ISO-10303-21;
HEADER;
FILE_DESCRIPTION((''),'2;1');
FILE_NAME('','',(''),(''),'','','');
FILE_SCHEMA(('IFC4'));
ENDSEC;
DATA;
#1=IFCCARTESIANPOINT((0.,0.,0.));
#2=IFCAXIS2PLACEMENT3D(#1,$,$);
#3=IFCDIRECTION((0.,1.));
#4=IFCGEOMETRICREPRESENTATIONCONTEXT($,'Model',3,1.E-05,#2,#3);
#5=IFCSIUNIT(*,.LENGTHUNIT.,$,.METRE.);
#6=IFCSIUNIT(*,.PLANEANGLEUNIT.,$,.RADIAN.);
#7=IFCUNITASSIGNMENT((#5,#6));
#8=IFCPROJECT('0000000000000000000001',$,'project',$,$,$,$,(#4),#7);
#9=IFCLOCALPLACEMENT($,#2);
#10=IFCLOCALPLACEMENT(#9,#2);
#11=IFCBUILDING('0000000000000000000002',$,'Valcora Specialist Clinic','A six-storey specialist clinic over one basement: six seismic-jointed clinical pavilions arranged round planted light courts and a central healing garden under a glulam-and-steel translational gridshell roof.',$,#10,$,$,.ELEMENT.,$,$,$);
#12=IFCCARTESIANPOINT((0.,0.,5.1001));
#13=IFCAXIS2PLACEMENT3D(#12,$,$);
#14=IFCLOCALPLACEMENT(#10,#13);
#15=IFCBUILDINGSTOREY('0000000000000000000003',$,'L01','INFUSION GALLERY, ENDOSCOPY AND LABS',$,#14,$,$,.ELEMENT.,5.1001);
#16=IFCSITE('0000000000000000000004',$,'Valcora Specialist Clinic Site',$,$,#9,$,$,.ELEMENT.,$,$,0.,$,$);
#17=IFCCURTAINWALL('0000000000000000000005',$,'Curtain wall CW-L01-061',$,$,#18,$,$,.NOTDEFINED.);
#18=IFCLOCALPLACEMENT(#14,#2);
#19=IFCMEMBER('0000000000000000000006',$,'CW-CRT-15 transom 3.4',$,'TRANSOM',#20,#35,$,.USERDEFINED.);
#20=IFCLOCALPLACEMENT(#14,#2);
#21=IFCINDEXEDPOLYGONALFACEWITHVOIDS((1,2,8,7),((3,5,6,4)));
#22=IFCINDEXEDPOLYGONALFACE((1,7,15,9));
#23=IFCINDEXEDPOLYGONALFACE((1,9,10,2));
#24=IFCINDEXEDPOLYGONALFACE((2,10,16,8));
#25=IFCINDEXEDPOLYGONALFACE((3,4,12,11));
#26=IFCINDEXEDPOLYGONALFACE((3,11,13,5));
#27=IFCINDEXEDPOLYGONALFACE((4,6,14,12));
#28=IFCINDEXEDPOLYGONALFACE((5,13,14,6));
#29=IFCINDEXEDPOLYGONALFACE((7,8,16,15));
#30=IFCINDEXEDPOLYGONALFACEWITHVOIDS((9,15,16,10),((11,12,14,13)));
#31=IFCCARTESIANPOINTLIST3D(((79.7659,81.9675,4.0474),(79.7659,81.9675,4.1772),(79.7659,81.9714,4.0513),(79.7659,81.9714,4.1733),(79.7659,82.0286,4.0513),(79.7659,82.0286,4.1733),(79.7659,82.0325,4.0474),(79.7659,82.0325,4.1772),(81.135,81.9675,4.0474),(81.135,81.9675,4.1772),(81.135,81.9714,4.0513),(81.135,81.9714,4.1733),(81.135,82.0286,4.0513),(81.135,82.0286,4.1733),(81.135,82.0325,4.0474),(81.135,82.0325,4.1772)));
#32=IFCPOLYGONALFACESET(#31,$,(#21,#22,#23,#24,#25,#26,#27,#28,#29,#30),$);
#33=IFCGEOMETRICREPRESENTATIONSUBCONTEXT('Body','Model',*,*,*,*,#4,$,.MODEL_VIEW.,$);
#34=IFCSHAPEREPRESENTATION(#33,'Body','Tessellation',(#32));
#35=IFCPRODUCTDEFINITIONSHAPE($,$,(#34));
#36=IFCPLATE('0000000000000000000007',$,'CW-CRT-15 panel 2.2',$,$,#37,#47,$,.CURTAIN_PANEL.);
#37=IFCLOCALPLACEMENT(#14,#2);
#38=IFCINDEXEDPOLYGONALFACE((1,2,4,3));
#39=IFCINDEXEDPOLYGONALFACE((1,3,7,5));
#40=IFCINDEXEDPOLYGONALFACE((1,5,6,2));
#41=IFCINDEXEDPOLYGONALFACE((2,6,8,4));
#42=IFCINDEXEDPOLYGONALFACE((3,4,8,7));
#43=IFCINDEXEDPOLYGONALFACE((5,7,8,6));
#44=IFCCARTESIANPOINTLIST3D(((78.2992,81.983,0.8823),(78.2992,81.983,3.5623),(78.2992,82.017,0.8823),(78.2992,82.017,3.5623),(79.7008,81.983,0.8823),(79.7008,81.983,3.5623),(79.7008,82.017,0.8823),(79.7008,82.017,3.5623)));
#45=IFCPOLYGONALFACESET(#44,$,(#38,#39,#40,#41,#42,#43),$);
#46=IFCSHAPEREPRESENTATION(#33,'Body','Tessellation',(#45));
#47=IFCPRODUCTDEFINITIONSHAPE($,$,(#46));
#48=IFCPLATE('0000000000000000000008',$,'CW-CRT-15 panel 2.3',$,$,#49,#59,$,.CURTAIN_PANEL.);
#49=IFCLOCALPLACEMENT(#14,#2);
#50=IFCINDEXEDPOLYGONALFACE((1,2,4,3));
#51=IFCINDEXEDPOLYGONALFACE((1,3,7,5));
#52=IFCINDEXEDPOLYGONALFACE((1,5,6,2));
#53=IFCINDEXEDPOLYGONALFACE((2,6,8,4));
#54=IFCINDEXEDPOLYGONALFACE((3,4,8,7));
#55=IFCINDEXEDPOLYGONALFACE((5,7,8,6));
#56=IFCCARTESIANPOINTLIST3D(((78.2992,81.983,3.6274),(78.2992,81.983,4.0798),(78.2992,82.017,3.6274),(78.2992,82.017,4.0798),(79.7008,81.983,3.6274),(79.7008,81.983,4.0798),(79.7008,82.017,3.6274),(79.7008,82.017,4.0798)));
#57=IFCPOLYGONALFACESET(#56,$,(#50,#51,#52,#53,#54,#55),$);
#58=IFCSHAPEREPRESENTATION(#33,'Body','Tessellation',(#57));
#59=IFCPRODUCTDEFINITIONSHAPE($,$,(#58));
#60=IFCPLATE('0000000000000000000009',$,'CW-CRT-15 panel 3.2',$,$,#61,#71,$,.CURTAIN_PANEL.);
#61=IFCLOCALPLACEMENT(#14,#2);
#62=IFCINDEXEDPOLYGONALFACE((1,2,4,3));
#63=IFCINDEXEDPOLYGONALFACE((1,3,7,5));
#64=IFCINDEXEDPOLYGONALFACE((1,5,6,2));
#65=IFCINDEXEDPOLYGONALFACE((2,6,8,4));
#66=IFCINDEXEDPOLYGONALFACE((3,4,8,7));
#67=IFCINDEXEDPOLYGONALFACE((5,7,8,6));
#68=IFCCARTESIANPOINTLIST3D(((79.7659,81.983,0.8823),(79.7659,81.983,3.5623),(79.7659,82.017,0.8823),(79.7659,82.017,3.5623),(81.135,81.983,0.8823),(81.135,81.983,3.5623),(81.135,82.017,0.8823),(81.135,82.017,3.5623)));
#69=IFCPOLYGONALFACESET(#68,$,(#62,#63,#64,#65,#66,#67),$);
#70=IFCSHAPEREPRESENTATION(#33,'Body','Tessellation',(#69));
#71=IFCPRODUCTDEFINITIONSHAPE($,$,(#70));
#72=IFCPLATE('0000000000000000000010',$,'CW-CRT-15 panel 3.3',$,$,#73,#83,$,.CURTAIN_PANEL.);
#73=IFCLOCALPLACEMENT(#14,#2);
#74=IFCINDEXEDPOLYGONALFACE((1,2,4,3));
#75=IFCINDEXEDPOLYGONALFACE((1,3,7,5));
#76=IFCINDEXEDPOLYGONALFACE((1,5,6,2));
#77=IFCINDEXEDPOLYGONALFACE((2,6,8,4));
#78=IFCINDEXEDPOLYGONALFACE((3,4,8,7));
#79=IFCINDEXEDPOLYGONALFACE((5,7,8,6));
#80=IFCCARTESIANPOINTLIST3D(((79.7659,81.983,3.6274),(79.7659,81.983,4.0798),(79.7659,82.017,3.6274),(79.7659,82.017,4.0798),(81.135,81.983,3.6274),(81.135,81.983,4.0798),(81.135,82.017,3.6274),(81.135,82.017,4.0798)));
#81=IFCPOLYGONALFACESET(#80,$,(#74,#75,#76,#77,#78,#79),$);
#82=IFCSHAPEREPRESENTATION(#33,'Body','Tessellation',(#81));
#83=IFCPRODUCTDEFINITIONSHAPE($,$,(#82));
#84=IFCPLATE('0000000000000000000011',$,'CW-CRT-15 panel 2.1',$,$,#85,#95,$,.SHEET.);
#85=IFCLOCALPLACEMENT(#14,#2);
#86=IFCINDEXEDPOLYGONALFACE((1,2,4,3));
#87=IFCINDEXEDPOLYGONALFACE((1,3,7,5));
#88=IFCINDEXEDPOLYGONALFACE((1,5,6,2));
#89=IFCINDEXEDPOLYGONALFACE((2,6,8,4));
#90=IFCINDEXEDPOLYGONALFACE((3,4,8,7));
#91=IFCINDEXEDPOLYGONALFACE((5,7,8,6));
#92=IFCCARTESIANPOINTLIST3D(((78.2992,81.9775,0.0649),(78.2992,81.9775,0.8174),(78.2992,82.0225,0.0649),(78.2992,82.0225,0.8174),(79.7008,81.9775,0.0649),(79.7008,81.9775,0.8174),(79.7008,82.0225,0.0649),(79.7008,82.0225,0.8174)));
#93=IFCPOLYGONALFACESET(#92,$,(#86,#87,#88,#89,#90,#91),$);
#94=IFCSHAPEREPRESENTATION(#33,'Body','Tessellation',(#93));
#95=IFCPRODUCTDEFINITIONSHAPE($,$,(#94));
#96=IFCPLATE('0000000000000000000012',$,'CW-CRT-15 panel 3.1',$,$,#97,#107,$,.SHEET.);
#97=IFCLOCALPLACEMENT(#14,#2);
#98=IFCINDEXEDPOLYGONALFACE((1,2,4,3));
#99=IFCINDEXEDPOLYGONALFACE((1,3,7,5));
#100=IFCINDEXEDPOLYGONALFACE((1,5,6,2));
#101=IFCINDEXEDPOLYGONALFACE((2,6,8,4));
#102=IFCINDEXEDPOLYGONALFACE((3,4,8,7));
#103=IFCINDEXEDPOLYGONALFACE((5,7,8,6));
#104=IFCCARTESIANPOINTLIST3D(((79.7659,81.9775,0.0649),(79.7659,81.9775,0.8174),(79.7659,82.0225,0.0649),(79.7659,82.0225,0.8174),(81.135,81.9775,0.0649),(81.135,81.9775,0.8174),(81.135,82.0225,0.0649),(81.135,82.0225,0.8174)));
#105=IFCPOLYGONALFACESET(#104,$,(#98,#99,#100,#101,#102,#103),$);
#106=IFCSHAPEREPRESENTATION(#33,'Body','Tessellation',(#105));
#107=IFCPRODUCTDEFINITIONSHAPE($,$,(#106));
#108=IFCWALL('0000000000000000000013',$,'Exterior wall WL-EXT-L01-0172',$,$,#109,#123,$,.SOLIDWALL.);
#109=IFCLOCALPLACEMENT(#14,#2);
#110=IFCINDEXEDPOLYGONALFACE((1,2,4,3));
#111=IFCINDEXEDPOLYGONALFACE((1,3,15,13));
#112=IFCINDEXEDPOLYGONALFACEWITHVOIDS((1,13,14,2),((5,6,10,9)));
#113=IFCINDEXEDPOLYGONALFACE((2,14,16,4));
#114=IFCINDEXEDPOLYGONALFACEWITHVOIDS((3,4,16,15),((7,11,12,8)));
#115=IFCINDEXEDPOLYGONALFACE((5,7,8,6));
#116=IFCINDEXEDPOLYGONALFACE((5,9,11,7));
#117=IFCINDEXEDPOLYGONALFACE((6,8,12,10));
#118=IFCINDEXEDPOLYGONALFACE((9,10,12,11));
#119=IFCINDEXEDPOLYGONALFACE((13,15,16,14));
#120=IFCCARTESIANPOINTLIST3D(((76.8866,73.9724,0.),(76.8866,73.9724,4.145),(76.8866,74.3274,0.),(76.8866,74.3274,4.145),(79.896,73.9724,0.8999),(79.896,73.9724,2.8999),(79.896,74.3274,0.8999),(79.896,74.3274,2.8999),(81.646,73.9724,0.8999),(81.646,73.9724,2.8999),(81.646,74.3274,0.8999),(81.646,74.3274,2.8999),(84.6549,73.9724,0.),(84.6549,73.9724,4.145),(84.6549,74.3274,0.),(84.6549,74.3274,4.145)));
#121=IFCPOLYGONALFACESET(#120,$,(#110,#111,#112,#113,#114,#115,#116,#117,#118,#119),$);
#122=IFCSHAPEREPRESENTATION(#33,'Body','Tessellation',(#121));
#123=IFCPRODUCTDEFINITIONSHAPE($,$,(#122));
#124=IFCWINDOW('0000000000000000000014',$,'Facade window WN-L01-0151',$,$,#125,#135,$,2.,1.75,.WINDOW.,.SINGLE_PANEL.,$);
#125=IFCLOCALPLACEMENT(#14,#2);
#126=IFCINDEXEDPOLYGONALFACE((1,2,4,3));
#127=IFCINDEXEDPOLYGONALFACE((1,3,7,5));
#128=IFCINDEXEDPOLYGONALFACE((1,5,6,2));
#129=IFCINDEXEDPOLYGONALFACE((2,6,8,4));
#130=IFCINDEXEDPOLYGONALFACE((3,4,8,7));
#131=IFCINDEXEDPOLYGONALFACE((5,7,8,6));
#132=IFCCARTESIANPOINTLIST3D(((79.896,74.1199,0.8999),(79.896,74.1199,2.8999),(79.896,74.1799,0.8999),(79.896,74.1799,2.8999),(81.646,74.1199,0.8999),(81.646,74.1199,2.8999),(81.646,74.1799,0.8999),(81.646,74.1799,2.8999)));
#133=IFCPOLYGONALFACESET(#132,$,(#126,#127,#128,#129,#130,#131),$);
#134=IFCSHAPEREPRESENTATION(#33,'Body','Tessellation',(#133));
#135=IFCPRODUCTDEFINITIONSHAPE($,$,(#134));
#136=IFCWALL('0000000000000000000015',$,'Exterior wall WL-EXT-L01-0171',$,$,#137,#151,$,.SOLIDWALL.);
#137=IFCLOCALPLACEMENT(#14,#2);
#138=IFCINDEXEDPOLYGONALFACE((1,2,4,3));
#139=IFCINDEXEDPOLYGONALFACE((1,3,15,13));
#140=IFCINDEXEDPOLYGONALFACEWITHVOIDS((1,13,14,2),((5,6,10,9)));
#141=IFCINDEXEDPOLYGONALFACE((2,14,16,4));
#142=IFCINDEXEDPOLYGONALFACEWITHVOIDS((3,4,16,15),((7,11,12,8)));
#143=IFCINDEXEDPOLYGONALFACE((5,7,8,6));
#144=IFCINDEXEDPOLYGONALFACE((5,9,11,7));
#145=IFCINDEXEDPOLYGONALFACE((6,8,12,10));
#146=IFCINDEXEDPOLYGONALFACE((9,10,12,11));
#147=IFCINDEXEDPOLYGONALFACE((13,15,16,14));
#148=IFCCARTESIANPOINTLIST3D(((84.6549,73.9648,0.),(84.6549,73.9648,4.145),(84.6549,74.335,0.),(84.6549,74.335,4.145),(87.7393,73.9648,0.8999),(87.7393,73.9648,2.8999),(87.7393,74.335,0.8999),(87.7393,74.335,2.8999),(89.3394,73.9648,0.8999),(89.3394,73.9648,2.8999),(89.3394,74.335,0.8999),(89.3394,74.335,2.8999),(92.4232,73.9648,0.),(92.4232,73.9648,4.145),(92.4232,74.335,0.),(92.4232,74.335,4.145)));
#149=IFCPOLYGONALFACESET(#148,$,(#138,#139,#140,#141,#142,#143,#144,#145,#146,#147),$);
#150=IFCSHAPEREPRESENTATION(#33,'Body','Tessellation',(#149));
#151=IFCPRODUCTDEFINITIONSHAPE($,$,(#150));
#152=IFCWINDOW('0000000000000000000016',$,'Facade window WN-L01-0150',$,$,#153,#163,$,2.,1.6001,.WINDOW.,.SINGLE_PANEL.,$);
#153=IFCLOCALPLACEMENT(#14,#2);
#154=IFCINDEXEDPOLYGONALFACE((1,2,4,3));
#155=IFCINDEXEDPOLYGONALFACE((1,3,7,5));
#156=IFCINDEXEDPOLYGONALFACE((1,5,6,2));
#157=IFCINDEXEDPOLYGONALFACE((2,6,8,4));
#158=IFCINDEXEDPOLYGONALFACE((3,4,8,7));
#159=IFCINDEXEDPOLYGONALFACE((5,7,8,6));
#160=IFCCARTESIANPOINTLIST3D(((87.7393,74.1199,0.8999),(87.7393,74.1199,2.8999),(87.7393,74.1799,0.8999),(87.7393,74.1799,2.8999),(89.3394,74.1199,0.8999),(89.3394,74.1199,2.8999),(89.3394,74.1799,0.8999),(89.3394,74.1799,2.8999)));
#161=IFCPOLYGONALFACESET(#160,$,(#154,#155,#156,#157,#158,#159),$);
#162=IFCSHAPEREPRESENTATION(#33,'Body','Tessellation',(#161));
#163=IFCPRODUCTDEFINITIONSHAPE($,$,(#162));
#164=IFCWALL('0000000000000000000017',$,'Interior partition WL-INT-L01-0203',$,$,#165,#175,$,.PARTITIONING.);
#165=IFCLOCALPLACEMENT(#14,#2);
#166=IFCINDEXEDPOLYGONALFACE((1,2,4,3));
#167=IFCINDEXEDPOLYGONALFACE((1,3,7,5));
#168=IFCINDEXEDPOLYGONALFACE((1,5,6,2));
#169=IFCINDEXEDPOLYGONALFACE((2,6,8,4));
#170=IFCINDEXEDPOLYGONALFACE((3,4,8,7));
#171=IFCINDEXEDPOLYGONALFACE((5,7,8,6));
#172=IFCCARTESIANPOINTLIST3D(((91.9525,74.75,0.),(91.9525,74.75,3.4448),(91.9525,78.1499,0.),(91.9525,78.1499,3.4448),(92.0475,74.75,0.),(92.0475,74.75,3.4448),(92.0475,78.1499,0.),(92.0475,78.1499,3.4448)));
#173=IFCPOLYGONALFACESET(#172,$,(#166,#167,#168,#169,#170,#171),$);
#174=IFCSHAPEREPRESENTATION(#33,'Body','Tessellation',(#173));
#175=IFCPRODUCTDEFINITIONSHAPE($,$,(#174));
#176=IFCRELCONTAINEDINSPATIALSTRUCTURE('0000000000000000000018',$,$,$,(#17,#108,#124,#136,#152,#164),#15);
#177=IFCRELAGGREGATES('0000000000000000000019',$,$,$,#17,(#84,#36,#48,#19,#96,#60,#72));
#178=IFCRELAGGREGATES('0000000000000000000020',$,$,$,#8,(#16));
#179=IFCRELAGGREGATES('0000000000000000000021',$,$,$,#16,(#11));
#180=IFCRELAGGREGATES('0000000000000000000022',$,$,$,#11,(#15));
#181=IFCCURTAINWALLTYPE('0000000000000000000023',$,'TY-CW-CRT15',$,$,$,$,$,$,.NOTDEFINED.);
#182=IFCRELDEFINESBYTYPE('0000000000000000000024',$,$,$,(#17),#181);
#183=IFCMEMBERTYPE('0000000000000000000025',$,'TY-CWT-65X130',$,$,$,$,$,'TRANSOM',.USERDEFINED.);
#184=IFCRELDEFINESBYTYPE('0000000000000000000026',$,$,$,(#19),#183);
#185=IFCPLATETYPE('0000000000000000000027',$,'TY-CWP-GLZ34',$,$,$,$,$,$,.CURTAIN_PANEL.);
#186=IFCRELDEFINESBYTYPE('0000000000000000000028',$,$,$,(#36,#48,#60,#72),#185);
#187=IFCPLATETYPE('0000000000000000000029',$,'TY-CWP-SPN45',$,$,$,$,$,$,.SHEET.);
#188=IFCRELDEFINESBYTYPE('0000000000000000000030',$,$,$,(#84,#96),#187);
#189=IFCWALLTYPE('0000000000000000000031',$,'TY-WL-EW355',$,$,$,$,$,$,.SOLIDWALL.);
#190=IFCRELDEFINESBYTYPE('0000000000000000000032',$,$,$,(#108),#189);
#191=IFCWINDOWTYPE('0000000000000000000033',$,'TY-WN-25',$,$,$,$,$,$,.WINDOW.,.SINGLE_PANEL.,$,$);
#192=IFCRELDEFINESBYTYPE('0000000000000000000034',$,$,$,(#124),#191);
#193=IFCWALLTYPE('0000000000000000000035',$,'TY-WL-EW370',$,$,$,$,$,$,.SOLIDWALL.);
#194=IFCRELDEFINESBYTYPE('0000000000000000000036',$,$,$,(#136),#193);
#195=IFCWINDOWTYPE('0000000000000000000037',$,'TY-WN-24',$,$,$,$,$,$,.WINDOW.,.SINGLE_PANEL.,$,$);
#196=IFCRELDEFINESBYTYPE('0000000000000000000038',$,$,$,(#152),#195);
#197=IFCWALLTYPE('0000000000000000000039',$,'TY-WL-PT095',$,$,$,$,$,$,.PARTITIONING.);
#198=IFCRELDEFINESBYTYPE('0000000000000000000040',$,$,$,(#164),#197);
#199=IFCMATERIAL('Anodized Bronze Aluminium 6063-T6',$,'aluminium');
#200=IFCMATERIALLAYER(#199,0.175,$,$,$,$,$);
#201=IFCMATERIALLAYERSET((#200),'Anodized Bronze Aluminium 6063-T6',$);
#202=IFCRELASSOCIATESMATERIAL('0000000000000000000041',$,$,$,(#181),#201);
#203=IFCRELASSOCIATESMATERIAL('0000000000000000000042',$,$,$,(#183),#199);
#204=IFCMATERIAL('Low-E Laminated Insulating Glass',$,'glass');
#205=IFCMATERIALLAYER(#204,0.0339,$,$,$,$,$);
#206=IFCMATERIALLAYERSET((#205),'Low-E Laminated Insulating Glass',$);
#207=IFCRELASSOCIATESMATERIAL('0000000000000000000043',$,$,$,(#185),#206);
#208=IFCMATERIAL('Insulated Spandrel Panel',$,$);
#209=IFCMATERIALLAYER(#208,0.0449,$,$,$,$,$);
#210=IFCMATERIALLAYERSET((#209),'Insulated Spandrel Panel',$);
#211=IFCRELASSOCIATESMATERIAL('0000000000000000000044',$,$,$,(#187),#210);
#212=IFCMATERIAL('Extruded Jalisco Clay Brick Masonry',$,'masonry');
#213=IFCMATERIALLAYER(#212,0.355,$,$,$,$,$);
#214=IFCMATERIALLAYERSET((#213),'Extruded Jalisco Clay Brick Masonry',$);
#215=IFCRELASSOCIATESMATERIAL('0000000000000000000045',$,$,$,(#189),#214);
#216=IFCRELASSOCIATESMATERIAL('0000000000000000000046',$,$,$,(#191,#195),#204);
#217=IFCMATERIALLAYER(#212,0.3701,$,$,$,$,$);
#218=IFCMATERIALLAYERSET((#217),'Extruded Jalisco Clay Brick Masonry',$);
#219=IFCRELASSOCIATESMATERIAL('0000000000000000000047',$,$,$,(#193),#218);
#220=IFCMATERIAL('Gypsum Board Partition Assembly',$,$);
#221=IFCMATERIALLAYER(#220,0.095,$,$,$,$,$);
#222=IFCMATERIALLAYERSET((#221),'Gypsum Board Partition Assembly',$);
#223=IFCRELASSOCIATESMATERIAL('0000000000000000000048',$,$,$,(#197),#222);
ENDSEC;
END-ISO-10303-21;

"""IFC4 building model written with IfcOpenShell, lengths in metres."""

from ifc_helpers import new_model, si_unit, direction, frame, frame_2d, origin, origin_2d, place, context, subcontext, project, spatial, rectangle, hollow_rectangle, extrude, material, layer, layer_set, material_profile, profile_set, type_object, element, fill, aggregate, save


model = new_model("IFC4")

# Units and contexts
model_context = context("Model", 3, precision=1e-05, world=origin(), true_north=direction((0.0, 1.0)))
body_context = subcontext(model_context, "Body", "Model", "MODEL_VIEW")
ifc_project = project(units=[si_unit("LENGTHUNIT", "METRE"), si_unit("PLANEANGLEUNIT", "RADIAN")], contexts=[model_context])

# Site, building, storey
site_placement = place(None, origin())
site = spatial("IfcSite", under=ifc_project, at=site_placement, Name="Valcora Specialist Clinic Site", CompositionType="ELEMENT", RefElevation=0.0)
building_placement = place(site_placement, origin())
building = spatial("IfcBuilding", under=site, at=building_placement, Name="Valcora Specialist Clinic", Description="A six-storey specialist clinic over one basement: six seismic-jointed clinical pavilions arranged round planted light courts and a central healing garden under a glulam-and-steel translational gridshell roof.", CompositionType="ELEMENT")
storey_placement = place(building_placement, frame((0.0, 0.0, 5.1001)))
storey = spatial("IfcBuildingStorey", under=building, at=storey_placement, Name="L01", Description="INFUSION GALLERY, ENDOSCOPY AND LABS", CompositionType="ELEMENT", Elevation=5.1001)

# Curtain wall, member, plates
ifc_material_1 = material(Name="Anodized Bronze Aluminium 6063-T6", Category="aluminium")
ifc_layer_1 = layer(ifc_material_1, 0.175)
ifc_layer_set_1 = layer_set([ifc_layer_1], Name="Anodized Bronze Aluminium 6063-T6")
curtain_wall_type = type_object("IfcCurtainWallType", Name="TY-CW-CRT15", PredefinedType="NOTDEFINED", material=ifc_layer_set_1)
curtain_wall_placement = place(storey_placement, origin())
curtain_wall = element("IfcCurtainWall", 1, at=curtain_wall_placement, inside=storey, type_object=curtain_wall_type, Name="Curtain wall CW-L01-061", PredefinedType="NOTDEFINED")
ifc_material_profile_1 = material_profile(ifc_material_1, hollow_rectangle(XDim=0.0649, YDim=0.1299, WallThickness=0.0039, at=origin_2d()), Name="AL-TRN-65X130")
ifc_profile_set_1 = profile_set([ifc_material_profile_1], Name="Anodized Bronze Aluminium 6063-T6")
member_type_1 = type_object("IfcMemberType", Name="TY-CWT-65X130", ElementType="TRANSOM", PredefinedType="USERDEFINED", material=ifc_profile_set_1)
member_1_placement = place(storey_placement, frame((79.7659, 82.0, 4.1123), z_axis=(1.0, 0.0, 0.0), x_axis=(0.0, 1.0, 0.0)))
member_1 = element("IfcMember", 2, at=member_1_placement, type_object=member_type_1, Name="CW-CRT-15 transom 3.4", ObjectType="TRANSOM", PredefinedType="USERDEFINED", context=body_context, shape_type="SweptSolid", body=[
    extrude(hollow_rectangle(XDim=0.0649, YDim=0.1299, WallThickness=0.0039, at=origin_2d()), origin(), (0.0, 0.0, 1.0), 1.3691),
])
ifc_material_2 = material(Name="Low-E Laminated Insulating Glass", Category="glass")
ifc_layer_2 = layer(ifc_material_2, 0.0339)
ifc_layer_set_2 = layer_set([ifc_layer_2], Name="Low-E Laminated Insulating Glass")
plate_type_1 = type_object("IfcPlateType", Name="TY-CWP-GLZ34", PredefinedType="CURTAIN_PANEL", material=ifc_layer_set_2)
plate_1_placement = place(storey_placement, frame((79.0, 82.0, 0.8823), z_axis=(0.0, 0.0, 1.0), x_axis=(1.0, 0.0, 0.0)))
plate_1 = element("IfcPlate", 3, at=plate_1_placement, type_object=plate_type_1, Name="CW-CRT-15 panel 2.2", PredefinedType="CURTAIN_PANEL", context=body_context, shape_type="SweptSolid", body=[
    extrude(rectangle(XDim=1.4016, YDim=0.0339, at=origin_2d()), origin(), (0.0, 0.0, 1.0), 2.6799),
])
plate_2_placement = place(storey_placement, frame((79.0, 82.0, 3.6274), z_axis=(0.0, 0.0, 1.0), x_axis=(1.0, 0.0, 0.0)))
plate_2 = element("IfcPlate", 4, at=plate_2_placement, type_object=plate_type_1, Name="CW-CRT-15 panel 2.3", PredefinedType="CURTAIN_PANEL", context=body_context, shape_type="SweptSolid", body=[
    extrude(rectangle(XDim=1.4016, YDim=0.0339, at=origin_2d()), origin(), (0.0, 0.0, 1.0), 0.4524),
])
plate_3_placement = place(storey_placement, frame((80.4504, 82.0, 0.8823), z_axis=(0.0, 0.0, 1.0), x_axis=(1.0, 0.0, 0.0)))
plate_3 = element("IfcPlate", 5, at=plate_3_placement, type_object=plate_type_1, Name="CW-CRT-15 panel 3.2", PredefinedType="CURTAIN_PANEL", context=body_context, shape_type="SweptSolid", body=[
    extrude(rectangle(XDim=1.3691, YDim=0.0339, at=origin_2d()), origin(), (0.0, 0.0, 1.0), 2.6799),
])
plate_4_placement = place(storey_placement, frame((80.4504, 82.0, 3.6274), z_axis=(0.0, 0.0, 1.0), x_axis=(1.0, 0.0, 0.0)))
plate_4 = element("IfcPlate", 6, at=plate_4_placement, type_object=plate_type_1, Name="CW-CRT-15 panel 3.3", PredefinedType="CURTAIN_PANEL", context=body_context, shape_type="SweptSolid", body=[
    extrude(rectangle(XDim=1.3691, YDim=0.0339, at=origin_2d()), origin(), (0.0, 0.0, 1.0), 0.4524),
])
ifc_material_3 = material(Name="Insulated Spandrel Panel")
ifc_layer_3 = layer(ifc_material_3, 0.0449)
ifc_layer_set_3 = layer_set([ifc_layer_3], Name="Insulated Spandrel Panel")
plate_type_2 = type_object("IfcPlateType", Name="TY-CWP-SPN45", PredefinedType="SHEET", material=ifc_layer_set_3)
plate_5_placement = place(storey_placement, frame((79.0, 82.0, 0.0649), z_axis=(0.0, 0.0, 1.0), x_axis=(1.0, 0.0, 0.0)))
plate_5 = element("IfcPlate", 7, at=plate_5_placement, type_object=plate_type_2, Name="CW-CRT-15 panel 2.1", PredefinedType="SHEET", context=body_context, shape_type="SweptSolid", body=[
    extrude(rectangle(XDim=1.4016, YDim=0.0449, at=origin_2d()), origin(), (0.0, 0.0, 1.0), 0.7524),
])
plate_6_placement = place(storey_placement, frame((80.4504, 82.0, 0.0649), z_axis=(0.0, 0.0, 1.0), x_axis=(1.0, 0.0, 0.0)))
plate_6 = element("IfcPlate", 8, at=plate_6_placement, type_object=plate_type_2, Name="CW-CRT-15 panel 3.1", PredefinedType="SHEET", context=body_context, shape_type="SweptSolid", body=[
    extrude(rectangle(XDim=1.3691, YDim=0.0449, at=origin_2d()), origin(), (0.0, 0.0, 1.0), 0.7524),
])
aggregate(curtain_wall, [plate_5, plate_1, plate_2, member_1, plate_6, plate_3, plate_4])

# Walls, openings, windows
ifc_material_4 = material(Name="Extruded Jalisco Clay Brick Masonry", Category="masonry")
ifc_layer_4 = layer(ifc_material_4, 0.355)
ifc_layer_set_4 = layer_set([ifc_layer_4], Name="Extruded Jalisco Clay Brick Masonry")
wall_type_1 = type_object("IfcWallType", Name="TY-WL-EW355", PredefinedType="SOLIDWALL", material=ifc_layer_set_4)
wall_1_placement = place(storey_placement, frame((84.655, 74.1499, 0.0), z_axis=(0.0, 0.0, 1.0), x_axis=(-1.0, 0.0, 0.0)))
wall_1 = element("IfcWall", 9, at=wall_1_placement, inside=storey, type_object=wall_type_1, Name="Exterior wall WL-EXT-L01-0172", PredefinedType="SOLIDWALL", context=body_context, shape_type="SweptSolid", body=[
    extrude(rectangle(XDim=7.7683, YDim=0.355, at=frame_2d((3.8843, 0.0))), origin(), (0.0, 0.0, 1.0), 4.145),
])
opening_1_placement = place(wall_1_placement, frame((3.009, 0.0, 0.8999)))
opening_1 = element("IfcOpeningElement", 10, at=opening_1_placement, cuts=wall_1, PredefinedType="OPENING", context=body_context, shape_type="SweptSolid", body=[
    extrude(rectangle(XDim=1.75, YDim=2.0, at=frame_2d((0.875, 1.0))), frame((0.0, 0.1875, 0.0), z_axis=(0.0, -1.0, 0.0), x_axis=(1.0, 0.0, 0.0)), (0.0, 0.0, 1.0), 0.375),
])
window_type_1 = type_object("IfcWindowType", Name="TY-WN-25", PartitioningType="SINGLE_PANEL", PredefinedType="WINDOW", material=ifc_material_2)
window_1_placement = place(opening_1_placement, origin())
window_1 = element("IfcWindow", 11, at=window_1_placement, inside=storey, type_object=window_type_1, Name="Facade window WN-L01-0151", OverallHeight=2.0, OverallWidth=1.75, PartitioningType="SINGLE_PANEL", PredefinedType="WINDOW", context=body_context, shape_type="SweptSolid", body=[
    extrude(rectangle(XDim=1.75, YDim=2.0, at=frame_2d((0.875, 1.0))), frame((0.0, 0.03, 0.0), z_axis=(0.0, -1.0, 0.0), x_axis=(1.0, 0.0, 0.0)), (0.0, 0.0, 1.0), 0.0601),
])
fill(opening_1, window_1)
ifc_layer_5 = layer(ifc_material_4, 0.3701)
ifc_layer_set_5 = layer_set([ifc_layer_5], Name="Extruded Jalisco Clay Brick Masonry")
wall_type_2 = type_object("IfcWallType", Name="TY-WL-EW370", PredefinedType="SOLIDWALL", material=ifc_layer_set_5)
wall_2_placement = place(storey_placement, frame((92.4233, 74.1499, 0.0), z_axis=(0.0, 0.0, 1.0), x_axis=(-1.0, 0.0, 0.0)))
wall_2 = element("IfcWall", 12, at=wall_2_placement, inside=storey, type_object=wall_type_2, Name="Exterior wall WL-EXT-L01-0171", PredefinedType="SOLIDWALL", context=body_context, shape_type="SweptSolid", body=[
    extrude(rectangle(XDim=7.7683, YDim=0.3701, at=frame_2d((3.8843, 0.0))), origin(), (0.0, 0.0, 1.0), 4.145),
])
opening_2_placement = place(wall_2_placement, frame((3.084, 0.0, 0.8999)))
opening_2 = element("IfcOpeningElement", 13, at=opening_2_placement, cuts=wall_2, PredefinedType="OPENING", context=body_context, shape_type="SweptSolid", body=[
    extrude(rectangle(XDim=1.6001, YDim=2.0, at=frame_2d((0.8, 1.0))), frame((0.0, 0.1951, 0.0), z_axis=(0.0, -1.0, 0.0), x_axis=(1.0, 0.0, 0.0)), (0.0, 0.0, 1.0), 0.3901),
])
window_type_2 = type_object("IfcWindowType", Name="TY-WN-24", PartitioningType="SINGLE_PANEL", PredefinedType="WINDOW", material=ifc_material_2)
window_2_placement = place(opening_2_placement, origin())
window_2 = element("IfcWindow", 14, at=window_2_placement, inside=storey, type_object=window_type_2, Name="Facade window WN-L01-0150", OverallHeight=2.0, OverallWidth=1.6001, PartitioningType="SINGLE_PANEL", PredefinedType="WINDOW", context=body_context, shape_type="SweptSolid", body=[
    extrude(rectangle(XDim=1.6001, YDim=2.0, at=frame_2d((0.8, 1.0))), frame((0.0, 0.03, 0.0), z_axis=(0.0, -1.0, 0.0), x_axis=(1.0, 0.0, 0.0)), (0.0, 0.0, 1.0), 0.0601),
])
fill(opening_2, window_2)

# Wall
ifc_material_5 = material(Name="Gypsum Board Partition Assembly")
ifc_layer_6 = layer(ifc_material_5, 0.095)
ifc_layer_set_6 = layer_set([ifc_layer_6], Name="Gypsum Board Partition Assembly")
wall_type_3 = type_object("IfcWallType", Name="TY-WL-PT095", PredefinedType="PARTITIONING", material=ifc_layer_set_6)
wall_3_placement = place(storey_placement, frame((92.0, 78.1499, 0.0), z_axis=(0.0, 0.0, 1.0), x_axis=(0.0, -1.0, 0.0)))
element("IfcWall", 15, at=wall_3_placement, inside=storey, type_object=wall_type_3, Name="Interior partition WL-INT-L01-0203", PredefinedType="PARTITIONING", context=body_context, shape_type="SweptSolid", body=[
    extrude(rectangle(XDim=3.3999, YDim=0.095, at=frame_2d((1.7, 0.0))), origin(), (0.0, 0.0, 1.0), 3.4448),
])

save(model, "model.ifc")
